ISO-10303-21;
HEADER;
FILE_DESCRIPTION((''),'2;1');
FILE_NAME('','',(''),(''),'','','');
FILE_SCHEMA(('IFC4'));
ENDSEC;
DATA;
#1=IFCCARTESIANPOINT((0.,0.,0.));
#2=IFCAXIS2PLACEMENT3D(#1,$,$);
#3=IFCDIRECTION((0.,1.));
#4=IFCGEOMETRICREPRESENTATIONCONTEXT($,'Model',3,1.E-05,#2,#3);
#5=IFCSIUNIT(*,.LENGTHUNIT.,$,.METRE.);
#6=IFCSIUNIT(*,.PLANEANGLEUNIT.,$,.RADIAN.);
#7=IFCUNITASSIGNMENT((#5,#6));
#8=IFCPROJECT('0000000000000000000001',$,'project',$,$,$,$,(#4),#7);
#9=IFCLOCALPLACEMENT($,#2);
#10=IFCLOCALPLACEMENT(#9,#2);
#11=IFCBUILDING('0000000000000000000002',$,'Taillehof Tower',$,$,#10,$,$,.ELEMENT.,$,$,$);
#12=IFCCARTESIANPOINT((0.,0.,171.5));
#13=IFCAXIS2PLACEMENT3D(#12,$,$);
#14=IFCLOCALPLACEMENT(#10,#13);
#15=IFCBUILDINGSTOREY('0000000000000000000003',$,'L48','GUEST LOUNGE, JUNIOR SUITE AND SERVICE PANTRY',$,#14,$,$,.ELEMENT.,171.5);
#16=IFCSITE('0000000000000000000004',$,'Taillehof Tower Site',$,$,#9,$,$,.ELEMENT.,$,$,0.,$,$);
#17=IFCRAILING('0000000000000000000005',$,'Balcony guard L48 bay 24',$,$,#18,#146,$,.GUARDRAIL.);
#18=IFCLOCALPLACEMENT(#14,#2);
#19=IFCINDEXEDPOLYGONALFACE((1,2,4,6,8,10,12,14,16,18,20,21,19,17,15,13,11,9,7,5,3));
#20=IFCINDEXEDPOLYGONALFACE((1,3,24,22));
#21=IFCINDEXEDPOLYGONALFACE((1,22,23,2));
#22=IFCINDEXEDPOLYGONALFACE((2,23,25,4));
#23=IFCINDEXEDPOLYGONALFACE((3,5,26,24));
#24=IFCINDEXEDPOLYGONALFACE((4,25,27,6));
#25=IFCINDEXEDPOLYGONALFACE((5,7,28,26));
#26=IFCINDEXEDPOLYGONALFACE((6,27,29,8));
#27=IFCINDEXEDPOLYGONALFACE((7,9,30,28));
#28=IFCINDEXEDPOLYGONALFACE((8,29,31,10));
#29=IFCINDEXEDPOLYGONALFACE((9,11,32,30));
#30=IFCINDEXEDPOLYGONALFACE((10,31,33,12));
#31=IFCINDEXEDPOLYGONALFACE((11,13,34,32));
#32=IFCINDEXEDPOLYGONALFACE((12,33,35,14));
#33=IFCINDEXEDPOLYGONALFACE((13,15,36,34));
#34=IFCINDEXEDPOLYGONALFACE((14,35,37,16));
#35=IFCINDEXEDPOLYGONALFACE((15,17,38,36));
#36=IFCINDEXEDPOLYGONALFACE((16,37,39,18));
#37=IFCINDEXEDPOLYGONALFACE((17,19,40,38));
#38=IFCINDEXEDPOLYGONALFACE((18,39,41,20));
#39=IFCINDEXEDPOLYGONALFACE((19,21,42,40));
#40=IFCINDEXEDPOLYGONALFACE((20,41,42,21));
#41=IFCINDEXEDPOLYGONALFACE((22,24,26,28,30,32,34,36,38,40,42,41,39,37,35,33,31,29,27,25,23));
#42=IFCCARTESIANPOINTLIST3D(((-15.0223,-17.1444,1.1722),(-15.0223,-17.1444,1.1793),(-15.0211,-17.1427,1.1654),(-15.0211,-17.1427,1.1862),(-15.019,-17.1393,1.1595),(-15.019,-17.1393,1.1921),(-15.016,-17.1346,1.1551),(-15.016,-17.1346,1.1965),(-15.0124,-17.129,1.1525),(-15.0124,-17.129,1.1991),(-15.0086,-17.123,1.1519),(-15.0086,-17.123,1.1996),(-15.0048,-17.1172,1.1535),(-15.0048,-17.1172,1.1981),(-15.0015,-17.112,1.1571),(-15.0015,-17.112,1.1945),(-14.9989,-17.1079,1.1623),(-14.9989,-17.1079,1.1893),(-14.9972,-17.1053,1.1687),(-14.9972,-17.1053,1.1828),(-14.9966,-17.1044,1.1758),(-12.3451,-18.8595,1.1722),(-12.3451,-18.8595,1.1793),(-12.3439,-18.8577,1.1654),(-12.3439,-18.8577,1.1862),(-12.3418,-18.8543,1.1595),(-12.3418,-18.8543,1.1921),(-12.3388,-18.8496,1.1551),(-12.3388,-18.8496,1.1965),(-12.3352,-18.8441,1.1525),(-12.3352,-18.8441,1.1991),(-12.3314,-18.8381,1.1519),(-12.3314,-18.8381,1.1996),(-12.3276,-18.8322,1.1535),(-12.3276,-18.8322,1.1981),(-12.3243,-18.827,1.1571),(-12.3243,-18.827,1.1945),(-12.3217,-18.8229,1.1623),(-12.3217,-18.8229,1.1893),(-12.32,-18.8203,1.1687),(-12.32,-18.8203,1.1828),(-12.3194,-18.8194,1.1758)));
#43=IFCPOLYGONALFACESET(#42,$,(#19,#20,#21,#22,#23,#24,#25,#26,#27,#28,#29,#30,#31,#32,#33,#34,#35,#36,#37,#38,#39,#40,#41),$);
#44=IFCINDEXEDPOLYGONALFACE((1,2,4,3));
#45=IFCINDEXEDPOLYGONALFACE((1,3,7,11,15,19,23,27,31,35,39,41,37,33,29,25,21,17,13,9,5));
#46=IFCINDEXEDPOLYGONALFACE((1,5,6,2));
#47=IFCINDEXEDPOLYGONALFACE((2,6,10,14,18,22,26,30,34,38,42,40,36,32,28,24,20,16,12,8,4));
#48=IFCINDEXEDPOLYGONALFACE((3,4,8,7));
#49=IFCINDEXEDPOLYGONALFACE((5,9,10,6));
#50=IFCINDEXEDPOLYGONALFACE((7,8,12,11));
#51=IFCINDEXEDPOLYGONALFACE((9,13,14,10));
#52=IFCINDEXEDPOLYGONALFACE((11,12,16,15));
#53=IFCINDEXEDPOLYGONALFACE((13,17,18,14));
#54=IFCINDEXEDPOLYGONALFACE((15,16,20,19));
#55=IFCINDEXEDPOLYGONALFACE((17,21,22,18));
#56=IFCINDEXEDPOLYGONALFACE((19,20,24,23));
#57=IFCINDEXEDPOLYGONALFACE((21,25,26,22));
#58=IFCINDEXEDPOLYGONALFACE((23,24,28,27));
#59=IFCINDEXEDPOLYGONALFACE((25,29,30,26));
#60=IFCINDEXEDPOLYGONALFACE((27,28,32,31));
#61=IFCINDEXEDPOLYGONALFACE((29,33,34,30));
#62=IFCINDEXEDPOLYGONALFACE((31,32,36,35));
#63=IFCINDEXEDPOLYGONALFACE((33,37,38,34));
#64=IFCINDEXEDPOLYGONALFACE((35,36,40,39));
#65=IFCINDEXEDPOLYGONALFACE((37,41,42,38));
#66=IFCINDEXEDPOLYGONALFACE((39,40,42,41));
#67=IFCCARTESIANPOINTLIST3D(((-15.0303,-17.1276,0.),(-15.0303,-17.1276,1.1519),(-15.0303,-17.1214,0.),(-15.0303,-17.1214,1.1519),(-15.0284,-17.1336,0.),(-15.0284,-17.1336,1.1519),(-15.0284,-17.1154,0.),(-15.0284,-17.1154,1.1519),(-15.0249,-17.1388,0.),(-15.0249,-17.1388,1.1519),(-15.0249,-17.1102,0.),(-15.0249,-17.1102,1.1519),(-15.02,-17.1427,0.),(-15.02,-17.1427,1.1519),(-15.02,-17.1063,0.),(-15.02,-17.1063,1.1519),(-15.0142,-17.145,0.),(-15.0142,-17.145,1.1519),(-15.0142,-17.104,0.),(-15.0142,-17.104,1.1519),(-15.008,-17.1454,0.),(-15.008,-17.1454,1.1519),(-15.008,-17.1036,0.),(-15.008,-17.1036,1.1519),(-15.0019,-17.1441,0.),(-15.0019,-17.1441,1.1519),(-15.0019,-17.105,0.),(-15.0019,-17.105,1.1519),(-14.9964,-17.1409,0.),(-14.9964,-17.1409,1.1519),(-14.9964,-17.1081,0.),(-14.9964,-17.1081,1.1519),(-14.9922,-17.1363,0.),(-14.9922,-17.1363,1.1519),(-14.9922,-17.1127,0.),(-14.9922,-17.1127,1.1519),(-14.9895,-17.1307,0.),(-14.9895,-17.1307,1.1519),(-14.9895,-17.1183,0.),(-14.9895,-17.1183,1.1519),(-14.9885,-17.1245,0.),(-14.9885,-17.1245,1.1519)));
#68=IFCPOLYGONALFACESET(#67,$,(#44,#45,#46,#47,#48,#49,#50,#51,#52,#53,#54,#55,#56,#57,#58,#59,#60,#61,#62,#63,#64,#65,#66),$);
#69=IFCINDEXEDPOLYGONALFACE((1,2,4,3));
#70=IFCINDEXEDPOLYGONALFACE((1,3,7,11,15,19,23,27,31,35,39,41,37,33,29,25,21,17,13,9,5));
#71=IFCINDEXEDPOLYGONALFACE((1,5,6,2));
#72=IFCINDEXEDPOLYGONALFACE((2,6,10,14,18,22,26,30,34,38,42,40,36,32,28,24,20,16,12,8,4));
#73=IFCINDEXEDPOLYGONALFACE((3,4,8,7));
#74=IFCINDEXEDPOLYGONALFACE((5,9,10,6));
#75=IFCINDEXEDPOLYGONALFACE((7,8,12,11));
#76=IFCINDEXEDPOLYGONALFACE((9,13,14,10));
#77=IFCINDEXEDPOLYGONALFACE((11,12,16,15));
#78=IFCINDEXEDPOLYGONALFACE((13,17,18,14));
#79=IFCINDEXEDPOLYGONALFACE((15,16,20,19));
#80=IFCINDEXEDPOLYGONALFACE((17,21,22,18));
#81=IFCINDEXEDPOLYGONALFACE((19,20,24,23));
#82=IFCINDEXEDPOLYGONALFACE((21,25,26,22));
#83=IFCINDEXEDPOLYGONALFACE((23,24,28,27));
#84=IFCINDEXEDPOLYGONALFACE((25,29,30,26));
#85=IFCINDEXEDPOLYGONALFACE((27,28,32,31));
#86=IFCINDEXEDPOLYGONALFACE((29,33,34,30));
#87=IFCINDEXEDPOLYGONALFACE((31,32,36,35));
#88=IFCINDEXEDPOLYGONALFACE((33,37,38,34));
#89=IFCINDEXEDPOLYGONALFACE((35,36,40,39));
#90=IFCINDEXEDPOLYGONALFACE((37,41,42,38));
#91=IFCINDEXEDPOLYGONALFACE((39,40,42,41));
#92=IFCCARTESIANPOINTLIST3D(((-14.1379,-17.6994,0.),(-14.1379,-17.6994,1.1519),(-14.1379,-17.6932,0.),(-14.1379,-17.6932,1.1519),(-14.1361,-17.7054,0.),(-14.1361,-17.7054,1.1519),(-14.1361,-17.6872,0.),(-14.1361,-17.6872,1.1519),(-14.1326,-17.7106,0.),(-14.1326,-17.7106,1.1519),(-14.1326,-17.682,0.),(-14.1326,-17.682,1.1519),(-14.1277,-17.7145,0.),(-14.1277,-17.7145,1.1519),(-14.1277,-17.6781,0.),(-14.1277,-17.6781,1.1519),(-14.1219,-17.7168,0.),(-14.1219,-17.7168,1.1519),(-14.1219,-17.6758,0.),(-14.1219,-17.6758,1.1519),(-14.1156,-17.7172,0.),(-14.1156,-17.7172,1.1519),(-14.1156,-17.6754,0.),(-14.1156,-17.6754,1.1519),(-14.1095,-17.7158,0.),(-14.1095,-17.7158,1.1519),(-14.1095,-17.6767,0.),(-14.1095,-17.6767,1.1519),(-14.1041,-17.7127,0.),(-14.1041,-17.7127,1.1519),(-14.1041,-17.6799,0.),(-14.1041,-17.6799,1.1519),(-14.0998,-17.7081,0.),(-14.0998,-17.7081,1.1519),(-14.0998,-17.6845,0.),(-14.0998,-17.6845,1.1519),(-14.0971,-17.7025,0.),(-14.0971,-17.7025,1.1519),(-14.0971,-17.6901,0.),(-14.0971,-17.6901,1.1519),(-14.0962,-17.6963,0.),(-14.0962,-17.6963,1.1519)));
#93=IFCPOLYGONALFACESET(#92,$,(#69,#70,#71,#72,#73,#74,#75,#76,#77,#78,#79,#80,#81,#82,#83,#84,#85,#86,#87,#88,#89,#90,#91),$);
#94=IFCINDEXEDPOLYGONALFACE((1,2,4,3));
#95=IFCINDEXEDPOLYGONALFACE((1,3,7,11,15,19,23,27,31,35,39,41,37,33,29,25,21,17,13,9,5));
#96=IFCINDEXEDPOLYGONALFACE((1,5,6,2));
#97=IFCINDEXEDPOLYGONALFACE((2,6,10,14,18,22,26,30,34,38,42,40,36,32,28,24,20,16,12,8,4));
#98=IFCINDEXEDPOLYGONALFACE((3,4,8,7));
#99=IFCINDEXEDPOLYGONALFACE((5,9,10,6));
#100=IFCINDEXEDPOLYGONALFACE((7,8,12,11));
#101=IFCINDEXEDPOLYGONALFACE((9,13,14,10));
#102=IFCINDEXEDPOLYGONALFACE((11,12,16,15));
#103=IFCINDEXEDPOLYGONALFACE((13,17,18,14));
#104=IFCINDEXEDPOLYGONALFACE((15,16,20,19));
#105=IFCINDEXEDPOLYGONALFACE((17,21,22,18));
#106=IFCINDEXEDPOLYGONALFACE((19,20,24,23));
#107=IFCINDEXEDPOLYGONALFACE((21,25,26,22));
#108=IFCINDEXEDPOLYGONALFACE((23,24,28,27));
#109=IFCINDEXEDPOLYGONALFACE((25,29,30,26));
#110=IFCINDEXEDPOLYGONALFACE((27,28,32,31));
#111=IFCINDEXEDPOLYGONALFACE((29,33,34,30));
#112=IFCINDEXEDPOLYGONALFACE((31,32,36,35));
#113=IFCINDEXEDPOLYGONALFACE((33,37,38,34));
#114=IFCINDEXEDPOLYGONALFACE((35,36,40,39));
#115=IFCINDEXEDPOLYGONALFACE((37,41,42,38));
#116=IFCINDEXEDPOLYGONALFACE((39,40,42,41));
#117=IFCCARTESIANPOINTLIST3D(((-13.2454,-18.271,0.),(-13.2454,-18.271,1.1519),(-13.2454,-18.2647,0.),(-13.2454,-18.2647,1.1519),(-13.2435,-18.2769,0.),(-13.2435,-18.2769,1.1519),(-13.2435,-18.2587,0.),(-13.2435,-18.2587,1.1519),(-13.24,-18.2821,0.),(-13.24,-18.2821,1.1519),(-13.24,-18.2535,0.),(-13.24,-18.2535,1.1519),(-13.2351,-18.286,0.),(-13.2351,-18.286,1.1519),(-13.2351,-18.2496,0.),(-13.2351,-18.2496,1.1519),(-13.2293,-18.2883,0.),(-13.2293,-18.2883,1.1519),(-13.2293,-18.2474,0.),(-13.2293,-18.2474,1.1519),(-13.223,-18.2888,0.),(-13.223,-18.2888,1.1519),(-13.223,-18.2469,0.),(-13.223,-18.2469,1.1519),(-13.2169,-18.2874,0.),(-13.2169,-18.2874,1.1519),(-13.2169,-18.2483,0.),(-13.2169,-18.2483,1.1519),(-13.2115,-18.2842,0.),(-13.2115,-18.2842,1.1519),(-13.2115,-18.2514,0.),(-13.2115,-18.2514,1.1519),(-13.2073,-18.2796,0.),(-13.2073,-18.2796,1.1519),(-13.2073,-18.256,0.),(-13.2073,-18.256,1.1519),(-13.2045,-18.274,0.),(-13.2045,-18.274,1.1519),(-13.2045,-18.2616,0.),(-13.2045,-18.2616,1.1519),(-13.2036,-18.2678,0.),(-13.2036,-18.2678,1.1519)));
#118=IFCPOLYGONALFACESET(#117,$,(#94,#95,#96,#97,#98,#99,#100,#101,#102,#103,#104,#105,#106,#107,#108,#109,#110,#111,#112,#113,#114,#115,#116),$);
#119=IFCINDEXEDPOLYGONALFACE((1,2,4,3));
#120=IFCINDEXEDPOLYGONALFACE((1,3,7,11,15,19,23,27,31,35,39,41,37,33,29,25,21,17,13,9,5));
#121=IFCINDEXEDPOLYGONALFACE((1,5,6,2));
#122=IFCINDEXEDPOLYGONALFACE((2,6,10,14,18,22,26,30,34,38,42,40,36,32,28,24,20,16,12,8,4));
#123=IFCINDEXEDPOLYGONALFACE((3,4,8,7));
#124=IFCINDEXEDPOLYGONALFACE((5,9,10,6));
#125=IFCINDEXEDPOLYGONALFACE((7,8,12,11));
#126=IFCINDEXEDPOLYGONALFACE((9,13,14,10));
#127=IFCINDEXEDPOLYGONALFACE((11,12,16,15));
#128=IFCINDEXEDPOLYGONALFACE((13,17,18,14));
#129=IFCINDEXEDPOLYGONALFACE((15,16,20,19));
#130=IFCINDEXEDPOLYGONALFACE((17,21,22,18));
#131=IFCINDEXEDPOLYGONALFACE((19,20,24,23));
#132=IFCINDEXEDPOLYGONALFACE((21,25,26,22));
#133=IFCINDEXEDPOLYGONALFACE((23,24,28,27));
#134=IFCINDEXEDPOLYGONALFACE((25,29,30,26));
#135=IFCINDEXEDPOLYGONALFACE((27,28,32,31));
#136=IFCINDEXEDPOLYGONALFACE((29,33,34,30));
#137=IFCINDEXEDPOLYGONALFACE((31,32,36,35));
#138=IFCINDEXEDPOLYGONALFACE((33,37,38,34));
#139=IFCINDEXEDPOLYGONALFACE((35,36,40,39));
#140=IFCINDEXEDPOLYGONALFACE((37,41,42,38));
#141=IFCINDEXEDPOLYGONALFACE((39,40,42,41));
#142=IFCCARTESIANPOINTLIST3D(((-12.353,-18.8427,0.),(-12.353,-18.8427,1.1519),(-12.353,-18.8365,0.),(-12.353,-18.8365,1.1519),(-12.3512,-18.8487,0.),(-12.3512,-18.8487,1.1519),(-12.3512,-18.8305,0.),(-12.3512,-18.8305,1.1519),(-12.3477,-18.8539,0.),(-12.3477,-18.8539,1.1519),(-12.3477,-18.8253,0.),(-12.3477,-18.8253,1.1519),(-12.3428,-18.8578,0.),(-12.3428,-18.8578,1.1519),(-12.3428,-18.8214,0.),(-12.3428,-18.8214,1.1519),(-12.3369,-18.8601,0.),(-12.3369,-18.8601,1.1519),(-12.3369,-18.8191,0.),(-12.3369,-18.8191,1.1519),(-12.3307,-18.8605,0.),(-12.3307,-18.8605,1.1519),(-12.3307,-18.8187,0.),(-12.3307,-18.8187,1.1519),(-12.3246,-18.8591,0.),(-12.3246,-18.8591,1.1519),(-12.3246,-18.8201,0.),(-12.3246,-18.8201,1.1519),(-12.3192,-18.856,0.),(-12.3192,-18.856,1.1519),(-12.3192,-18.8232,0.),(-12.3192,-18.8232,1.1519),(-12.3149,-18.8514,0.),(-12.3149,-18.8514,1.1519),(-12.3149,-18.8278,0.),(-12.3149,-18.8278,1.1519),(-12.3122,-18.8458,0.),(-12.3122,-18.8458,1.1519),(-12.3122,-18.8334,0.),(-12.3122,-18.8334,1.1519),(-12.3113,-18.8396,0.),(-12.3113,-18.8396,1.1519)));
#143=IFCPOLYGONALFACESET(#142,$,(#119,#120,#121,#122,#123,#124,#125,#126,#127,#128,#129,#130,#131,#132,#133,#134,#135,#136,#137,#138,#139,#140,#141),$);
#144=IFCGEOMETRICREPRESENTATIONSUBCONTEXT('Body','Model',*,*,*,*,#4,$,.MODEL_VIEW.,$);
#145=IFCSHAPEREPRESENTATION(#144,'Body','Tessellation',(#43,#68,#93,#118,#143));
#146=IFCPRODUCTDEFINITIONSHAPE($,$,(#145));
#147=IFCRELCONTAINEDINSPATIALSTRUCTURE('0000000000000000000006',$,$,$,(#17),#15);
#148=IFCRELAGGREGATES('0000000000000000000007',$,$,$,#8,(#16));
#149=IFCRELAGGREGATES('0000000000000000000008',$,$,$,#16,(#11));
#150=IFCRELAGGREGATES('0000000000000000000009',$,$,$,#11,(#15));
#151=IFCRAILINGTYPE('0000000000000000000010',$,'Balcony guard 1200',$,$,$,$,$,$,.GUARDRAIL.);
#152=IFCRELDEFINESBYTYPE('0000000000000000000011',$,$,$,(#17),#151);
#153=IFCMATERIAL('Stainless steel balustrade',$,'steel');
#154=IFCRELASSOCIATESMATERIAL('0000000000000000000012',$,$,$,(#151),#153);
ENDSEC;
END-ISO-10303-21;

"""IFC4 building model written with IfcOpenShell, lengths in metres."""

from ifc_helpers import new_model, si_unit, direction, frame, origin, origin_2d, place, context, subcontext, project, spatial, circle, extrude, material, type_object, element, save


model = new_model("IFC4")

# Units and contexts
model_context = context("Model", 3, precision=1e-05, world=origin(), true_north=direction((0.0, 1.0)))
body_context = subcontext(model_context, "Body", "Model", "MODEL_VIEW")
ifc_project = project(units=[si_unit("LENGTHUNIT", "METRE"), si_unit("PLANEANGLEUNIT", "RADIAN")], contexts=[model_context])

# Site, building, storey
site_placement = place(None, origin())
site = spatial("IfcSite", under=ifc_project, at=site_placement, Name="Taillehof Tower Site", CompositionType="ELEMENT", RefElevation=0.0)
building_placement = place(site_placement, origin())
building = spatial("IfcBuilding", under=site, at=building_placement, Name="Taillehof Tower", CompositionType="ELEMENT")
storey_placement = place(building_placement, frame((0.0, 0.0, 171.5)))
storey = spatial("IfcBuildingStorey", under=building, at=storey_placement, Name="L48", Description="GUEST LOUNGE, JUNIOR SUITE AND SERVICE PANTRY", CompositionType="ELEMENT", Elevation=171.5)

# Railing
ifc_material_1 = material(Name="Stainless steel balustrade", Category="steel")
railing_type = type_object("IfcRailingType", Name="Balcony guard 1200", PredefinedType="GUARDRAIL", material=ifc_material_1)
railing_placement = place(storey_placement, frame((-15.0095, -17.1245, 0.0)))
element("IfcRailing", 1, at=railing_placement, inside=storey, type_object=railing_type, Name="Balcony guard L48 bay 24", PredefinedType="GUARDRAIL", context=body_context, shape_type="SweptSolid", body=[
    extrude(circle(Radius=0.0239, at=origin_2d()), frame((0.0, 0.0, 1.1758), z_axis=(0.842036, -0.539422, 0.0), x_axis=(0.539422, 0.842036, 0.0)), (0.0, 0.0, 1.0), 3.1794),
    extrude(circle(Radius=0.021, at=origin_2d()), origin(), (0.0, 0.0, 1.0), 1.1519),
    extrude(circle(Radius=0.021, at=origin_2d()), frame((0.8923, -0.5718, 0.0)), (0.0, 0.0, 1.0), 1.1519),
    extrude(circle(Radius=0.021, at=origin_2d()), frame((1.7849, -1.1433, 0.0)), (0.0, 0.0, 1.0), 1.1519),
    extrude(circle(Radius=0.021, at=origin_2d()), frame((2.6772, -1.7151, 0.0)), (0.0, 0.0, 1.0), 1.1519),
])

save(model, "model.ifc")
